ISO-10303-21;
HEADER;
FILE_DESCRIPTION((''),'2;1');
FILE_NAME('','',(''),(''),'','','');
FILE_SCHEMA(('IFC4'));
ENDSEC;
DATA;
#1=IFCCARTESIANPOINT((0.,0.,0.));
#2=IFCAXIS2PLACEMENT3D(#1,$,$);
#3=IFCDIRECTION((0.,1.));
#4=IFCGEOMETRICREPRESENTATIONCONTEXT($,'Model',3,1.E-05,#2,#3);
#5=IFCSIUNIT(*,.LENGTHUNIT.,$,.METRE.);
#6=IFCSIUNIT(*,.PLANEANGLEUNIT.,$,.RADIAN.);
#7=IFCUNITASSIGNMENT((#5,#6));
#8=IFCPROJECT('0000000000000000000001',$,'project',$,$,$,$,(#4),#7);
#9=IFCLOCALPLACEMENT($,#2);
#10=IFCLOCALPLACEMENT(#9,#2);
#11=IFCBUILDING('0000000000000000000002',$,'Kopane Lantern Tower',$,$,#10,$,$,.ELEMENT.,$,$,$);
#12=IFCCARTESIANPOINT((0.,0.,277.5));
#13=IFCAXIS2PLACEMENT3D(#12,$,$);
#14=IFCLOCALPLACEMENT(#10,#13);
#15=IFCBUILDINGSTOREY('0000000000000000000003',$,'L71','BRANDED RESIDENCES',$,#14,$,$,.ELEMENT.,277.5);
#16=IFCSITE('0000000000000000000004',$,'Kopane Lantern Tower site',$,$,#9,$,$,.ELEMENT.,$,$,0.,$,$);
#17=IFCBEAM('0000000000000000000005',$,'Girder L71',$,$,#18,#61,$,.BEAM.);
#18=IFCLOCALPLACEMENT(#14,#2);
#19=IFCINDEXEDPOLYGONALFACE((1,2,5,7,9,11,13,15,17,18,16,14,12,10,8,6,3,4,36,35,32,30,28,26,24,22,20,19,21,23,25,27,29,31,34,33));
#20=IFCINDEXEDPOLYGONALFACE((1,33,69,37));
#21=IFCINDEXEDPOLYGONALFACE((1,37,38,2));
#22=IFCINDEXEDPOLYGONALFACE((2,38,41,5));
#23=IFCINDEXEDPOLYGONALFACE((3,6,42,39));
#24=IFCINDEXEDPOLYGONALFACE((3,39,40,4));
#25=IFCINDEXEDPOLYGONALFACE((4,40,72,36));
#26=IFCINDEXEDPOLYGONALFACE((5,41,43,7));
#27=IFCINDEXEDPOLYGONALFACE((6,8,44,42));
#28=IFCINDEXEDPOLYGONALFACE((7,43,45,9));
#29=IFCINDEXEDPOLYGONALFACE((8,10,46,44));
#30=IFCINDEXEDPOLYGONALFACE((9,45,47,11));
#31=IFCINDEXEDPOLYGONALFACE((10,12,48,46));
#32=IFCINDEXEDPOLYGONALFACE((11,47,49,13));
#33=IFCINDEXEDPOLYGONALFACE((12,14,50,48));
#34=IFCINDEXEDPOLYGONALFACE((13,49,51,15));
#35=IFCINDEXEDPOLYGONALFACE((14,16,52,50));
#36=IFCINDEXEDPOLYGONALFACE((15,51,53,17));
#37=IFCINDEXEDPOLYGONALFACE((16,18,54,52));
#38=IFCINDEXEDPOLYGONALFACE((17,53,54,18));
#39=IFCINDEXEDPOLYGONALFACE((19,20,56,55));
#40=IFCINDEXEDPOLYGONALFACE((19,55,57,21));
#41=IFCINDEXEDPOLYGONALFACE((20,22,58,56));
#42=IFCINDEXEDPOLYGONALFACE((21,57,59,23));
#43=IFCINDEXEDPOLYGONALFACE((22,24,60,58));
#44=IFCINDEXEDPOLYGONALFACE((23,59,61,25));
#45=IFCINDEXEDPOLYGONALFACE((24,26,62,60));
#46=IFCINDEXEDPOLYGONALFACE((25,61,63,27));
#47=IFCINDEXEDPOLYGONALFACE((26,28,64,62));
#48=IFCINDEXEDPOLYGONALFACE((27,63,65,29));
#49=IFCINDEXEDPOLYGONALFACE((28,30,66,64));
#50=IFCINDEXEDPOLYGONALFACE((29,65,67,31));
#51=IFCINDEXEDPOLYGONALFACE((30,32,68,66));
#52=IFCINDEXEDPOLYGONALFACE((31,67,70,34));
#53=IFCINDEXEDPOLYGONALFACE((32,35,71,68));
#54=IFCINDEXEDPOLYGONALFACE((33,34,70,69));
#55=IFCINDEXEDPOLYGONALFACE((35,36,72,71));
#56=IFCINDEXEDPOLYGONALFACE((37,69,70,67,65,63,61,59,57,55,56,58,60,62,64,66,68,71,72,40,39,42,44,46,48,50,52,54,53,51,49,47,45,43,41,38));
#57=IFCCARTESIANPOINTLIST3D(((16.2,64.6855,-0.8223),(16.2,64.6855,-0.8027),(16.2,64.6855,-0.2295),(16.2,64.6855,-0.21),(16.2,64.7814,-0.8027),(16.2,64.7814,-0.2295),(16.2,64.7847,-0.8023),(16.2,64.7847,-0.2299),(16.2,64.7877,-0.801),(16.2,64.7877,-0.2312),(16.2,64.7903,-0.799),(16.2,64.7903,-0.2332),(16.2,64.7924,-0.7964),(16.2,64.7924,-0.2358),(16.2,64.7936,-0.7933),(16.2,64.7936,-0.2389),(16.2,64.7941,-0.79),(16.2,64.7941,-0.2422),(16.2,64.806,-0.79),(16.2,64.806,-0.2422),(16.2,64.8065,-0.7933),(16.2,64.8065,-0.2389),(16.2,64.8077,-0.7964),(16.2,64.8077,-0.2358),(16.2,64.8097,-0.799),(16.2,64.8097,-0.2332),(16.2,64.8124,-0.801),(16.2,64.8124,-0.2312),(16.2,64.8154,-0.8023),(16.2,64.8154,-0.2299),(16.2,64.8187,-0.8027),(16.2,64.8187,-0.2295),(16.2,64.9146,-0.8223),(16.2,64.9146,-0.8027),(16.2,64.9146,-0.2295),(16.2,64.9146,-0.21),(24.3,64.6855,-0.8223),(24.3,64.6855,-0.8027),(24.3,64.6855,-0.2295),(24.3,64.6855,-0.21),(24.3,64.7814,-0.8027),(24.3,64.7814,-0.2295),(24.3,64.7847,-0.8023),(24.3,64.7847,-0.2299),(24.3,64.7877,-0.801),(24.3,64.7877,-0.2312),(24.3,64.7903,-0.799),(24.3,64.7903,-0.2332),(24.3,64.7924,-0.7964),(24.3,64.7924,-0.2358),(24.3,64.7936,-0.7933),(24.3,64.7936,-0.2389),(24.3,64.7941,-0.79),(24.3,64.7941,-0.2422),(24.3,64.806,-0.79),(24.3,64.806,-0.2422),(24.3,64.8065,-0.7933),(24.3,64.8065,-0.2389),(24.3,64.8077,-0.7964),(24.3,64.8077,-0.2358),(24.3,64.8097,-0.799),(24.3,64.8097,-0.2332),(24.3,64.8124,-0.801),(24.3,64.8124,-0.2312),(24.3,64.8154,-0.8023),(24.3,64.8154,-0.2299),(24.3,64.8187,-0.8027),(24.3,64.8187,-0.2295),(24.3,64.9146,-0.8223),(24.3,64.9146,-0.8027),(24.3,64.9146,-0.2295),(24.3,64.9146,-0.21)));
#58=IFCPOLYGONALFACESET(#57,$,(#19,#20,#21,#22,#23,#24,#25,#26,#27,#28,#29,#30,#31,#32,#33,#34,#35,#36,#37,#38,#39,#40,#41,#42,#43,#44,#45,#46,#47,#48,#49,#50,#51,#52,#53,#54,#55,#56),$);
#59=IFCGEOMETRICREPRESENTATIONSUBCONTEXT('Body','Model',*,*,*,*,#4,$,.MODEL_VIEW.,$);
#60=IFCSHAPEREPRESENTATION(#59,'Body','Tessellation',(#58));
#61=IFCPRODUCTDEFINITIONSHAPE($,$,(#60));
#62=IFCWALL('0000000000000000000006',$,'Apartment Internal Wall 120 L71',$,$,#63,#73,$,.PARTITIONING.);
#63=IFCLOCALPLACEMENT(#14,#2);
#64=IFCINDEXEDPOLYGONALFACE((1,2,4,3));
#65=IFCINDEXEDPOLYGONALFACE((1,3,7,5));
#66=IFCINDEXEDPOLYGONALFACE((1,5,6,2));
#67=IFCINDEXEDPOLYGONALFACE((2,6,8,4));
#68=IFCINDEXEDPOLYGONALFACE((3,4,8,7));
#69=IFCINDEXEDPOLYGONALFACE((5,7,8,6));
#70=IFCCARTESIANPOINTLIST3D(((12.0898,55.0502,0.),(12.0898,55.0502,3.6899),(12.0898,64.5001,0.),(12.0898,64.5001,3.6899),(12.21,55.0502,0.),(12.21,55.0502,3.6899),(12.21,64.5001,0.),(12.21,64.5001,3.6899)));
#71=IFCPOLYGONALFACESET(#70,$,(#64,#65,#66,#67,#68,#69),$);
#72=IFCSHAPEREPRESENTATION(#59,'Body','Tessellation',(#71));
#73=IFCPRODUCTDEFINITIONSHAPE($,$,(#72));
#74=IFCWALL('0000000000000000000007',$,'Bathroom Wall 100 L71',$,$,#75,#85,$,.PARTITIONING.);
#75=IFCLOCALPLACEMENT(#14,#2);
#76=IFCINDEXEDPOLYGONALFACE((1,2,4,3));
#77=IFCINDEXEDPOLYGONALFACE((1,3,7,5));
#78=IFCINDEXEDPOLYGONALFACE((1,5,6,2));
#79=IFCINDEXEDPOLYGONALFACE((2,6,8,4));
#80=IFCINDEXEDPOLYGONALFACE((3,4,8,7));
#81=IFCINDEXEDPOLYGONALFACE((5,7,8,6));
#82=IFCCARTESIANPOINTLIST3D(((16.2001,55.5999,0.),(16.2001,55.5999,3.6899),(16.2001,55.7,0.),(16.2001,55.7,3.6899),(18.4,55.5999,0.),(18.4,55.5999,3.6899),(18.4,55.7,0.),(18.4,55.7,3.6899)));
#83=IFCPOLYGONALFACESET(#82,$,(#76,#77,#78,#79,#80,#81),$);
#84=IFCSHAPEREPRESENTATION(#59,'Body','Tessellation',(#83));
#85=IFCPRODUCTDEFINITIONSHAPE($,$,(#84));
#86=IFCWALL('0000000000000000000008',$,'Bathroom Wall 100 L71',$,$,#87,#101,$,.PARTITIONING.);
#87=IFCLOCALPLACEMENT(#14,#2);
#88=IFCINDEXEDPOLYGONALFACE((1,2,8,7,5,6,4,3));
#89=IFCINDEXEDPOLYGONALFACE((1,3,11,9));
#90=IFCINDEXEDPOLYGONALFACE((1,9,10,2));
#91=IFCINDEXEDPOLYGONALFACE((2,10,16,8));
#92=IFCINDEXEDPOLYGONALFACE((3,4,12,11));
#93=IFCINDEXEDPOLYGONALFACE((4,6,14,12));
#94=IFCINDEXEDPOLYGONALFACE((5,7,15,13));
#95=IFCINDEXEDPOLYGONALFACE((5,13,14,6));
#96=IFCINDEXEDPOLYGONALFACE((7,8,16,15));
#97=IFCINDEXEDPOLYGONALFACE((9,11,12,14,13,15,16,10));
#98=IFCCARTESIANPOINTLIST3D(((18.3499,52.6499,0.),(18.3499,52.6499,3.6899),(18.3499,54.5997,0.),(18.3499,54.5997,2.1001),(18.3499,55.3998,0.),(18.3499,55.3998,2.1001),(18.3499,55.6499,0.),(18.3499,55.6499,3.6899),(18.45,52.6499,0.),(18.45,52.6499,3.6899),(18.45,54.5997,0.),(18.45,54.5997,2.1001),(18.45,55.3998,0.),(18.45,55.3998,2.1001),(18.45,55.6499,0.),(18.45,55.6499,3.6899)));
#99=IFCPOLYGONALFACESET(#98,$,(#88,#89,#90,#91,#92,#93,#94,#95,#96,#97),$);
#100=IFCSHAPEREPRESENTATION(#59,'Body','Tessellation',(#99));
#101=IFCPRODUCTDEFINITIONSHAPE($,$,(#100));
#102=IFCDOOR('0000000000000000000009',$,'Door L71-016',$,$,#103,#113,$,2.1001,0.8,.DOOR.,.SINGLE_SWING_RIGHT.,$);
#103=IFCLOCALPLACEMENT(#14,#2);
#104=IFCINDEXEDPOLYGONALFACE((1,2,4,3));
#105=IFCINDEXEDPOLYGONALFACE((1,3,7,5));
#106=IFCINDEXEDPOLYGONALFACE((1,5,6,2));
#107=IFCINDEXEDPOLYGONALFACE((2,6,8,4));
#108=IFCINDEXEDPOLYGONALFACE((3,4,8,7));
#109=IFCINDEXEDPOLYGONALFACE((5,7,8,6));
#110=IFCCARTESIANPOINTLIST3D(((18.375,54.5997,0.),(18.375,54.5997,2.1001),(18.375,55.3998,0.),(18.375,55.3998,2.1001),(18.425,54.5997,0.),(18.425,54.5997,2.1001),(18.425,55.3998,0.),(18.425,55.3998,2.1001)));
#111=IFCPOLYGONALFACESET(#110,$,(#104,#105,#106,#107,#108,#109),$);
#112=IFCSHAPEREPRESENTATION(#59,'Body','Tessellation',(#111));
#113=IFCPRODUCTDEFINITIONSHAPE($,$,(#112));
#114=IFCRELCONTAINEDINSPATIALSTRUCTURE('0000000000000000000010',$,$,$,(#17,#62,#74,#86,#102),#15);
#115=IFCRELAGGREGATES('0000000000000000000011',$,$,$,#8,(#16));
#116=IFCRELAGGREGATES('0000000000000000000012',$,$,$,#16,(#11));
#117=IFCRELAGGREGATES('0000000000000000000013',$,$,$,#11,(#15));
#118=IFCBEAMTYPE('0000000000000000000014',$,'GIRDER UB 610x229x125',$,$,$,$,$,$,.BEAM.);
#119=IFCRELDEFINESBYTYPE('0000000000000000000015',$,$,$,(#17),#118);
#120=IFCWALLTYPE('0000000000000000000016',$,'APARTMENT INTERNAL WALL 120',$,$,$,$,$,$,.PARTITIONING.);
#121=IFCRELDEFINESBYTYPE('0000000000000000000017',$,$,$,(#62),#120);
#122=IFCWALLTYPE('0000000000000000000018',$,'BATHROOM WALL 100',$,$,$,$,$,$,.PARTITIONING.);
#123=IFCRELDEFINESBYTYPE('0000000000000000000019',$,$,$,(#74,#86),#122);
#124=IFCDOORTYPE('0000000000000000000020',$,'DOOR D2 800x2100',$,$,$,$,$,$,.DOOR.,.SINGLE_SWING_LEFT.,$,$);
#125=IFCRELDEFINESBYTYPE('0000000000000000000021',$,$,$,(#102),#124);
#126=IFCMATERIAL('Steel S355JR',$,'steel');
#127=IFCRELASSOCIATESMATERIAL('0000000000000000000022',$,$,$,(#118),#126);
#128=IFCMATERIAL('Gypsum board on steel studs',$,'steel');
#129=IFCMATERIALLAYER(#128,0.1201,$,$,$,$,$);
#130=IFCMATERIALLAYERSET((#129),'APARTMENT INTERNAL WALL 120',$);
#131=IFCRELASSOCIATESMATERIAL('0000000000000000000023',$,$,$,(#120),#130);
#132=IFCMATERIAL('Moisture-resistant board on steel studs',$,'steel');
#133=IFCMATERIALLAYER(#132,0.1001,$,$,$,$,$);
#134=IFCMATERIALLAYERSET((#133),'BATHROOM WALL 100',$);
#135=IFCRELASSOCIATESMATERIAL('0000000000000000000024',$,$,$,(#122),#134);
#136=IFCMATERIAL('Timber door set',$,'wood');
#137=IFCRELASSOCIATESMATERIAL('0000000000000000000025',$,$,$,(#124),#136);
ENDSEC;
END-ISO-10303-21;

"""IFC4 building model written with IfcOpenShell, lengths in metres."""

from ifc_helpers import new_model, si_unit, direction, frame, frame_2d, origin, origin_2d, place, context, subcontext, project, spatial, rectangle, i_section, extrude, material, layer, layer_set, material_profile, profile_set, type_object, element, fill, save


model = new_model("IFC4")

# Units and contexts
model_context = context("Model", 3, precision=1e-05, world=origin(), true_north=direction((0.0, 1.0)))
body_context = subcontext(model_context, "Body", "Model", "MODEL_VIEW")
ifc_project = project(units=[si_unit("LENGTHUNIT", "METRE"), si_unit("PLANEANGLEUNIT", "RADIAN")], contexts=[model_context])

# Site, building, storey
site_placement = place(None, origin())
site = spatial("IfcSite", under=ifc_project, at=site_placement, Name="Kopane Lantern Tower site", CompositionType="ELEMENT", RefElevation=0.0)
building_placement = place(site_placement, origin())
building = spatial("IfcBuilding", under=site, at=building_placement, Name="Kopane Lantern Tower", CompositionType="ELEMENT")
storey_placement = place(building_placement, frame((0.0, 0.0, 277.5)))
storey = spatial("IfcBuildingStorey", under=building, at=storey_placement, Name="L71", Description="BRANDED RESIDENCES", CompositionType="ELEMENT", Elevation=277.5)

# Beam
ifc_material_1 = material(Name="Steel S355JR", Category="steel")
ifc_material_profile_1 = material_profile(ifc_material_1, i_section(OverallWidth=0.229, OverallDepth=0.6123, WebThickness=0.012, FlangeThickness=0.0195, FilletRadius=0.0127, at=origin_2d()), Name="UB 610x229x125")
ifc_profile_set_1 = profile_set([ifc_material_profile_1], Name="Steel S355JR")
beam_type = type_object("IfcBeamType", Name="GIRDER UB 610x229x125", PredefinedType="BEAM", material=ifc_profile_set_1)
for number, where, z_axis, x_axis, name in (
    (1, (16.2, 64.8, -0.5161), (1.0, 0.0, 0.0), (0.0, 1.0, 0.0), "Girder L71"),
):
    element("IfcBeam", number, at=place(storey_placement, frame(where, z_axis=z_axis, x_axis=x_axis)), inside=storey, type_object=beam_type, Name=name, PredefinedType="BEAM", context=body_context, shape_type="SweptSolid", body=[
        extrude(i_section(OverallWidth=0.229, OverallDepth=0.6123, WebThickness=0.012, FlangeThickness=0.0195, FilletRadius=0.0127, at=origin_2d()), origin(), (0.0, 0.0, 1.0), 8.1001),
    ])

# Walls
ifc_material_2 = material(Name="Gypsum board on steel studs", Category="steel")
ifc_layer_1 = layer(ifc_material_2, 0.1201)
ifc_layer_set_1 = layer_set([ifc_layer_1], Name="APARTMENT INTERNAL WALL 120")
wall_type_1 = type_object("IfcWallType", Name="APARTMENT INTERNAL WALL 120", PredefinedType="PARTITIONING", material=ifc_layer_set_1)
wall_1_placement = place(storey_placement, frame((12.1499, 55.05, 0.0), z_axis=(0.0, 0.0, 1.0), x_axis=(0.0, 1.0, 0.0)))
element("IfcWall", 2, at=wall_1_placement, inside=storey, type_object=wall_type_1, Name="Apartment Internal Wall 120 L71", PredefinedType="PARTITIONING", context=body_context, shape_type="SweptSolid", body=[
    extrude(rectangle(XDim=9.45, YDim=0.1201, at=frame_2d((4.7251, 0.0))), origin(), (0.0, 0.0, 1.0), 3.6899),
])
ifc_material_3 = material(Name="Moisture-resistant board on steel studs", Category="steel")
ifc_layer_2 = layer(ifc_material_3, 0.1001)
ifc_layer_set_2 = layer_set([ifc_layer_2], Name="BATHROOM WALL 100")
wall_type_2 = type_object("IfcWallType", Name="BATHROOM WALL 100", PredefinedType="PARTITIONING", material=ifc_layer_set_2)
wall_2_placement = place(storey_placement, frame((16.2, 55.6499, 0.0), z_axis=(0.0, 0.0, 1.0), x_axis=(1.0, 0.0, 0.0)))
element("IfcWall", 3, at=wall_2_placement, inside=storey, type_object=wall_type_2, Name="Bathroom Wall 100 L71", PredefinedType="PARTITIONING", context=body_context, shape_type="SweptSolid", body=[
    extrude(rectangle(XDim=2.2, YDim=0.1001, at=frame_2d((1.1001, 0.0))), origin(), (0.0, 0.0, 1.0), 3.6899),
])

# Wall, opening, door
wall_3_placement = place(storey_placement, frame((18.3999, 52.6499, 0.0), z_axis=(0.0, 0.0, 1.0), x_axis=(0.0, 1.0, 0.0)))
wall_3 = element("IfcWall", 4, at=wall_3_placement, inside=storey, type_object=wall_type_2, Name="Bathroom Wall 100 L71", PredefinedType="PARTITIONING", context=body_context, shape_type="SweptSolid", body=[
    extrude(rectangle(XDim=3.0, YDim=0.1001, at=frame_2d((1.5, 0.0))), origin(), (0.0, 0.0, 1.0), 3.6899),
])
opening_1_placement = place(wall_3_placement, frame((1.95, 0.0, 0.0)))
opening_1 = element("IfcOpeningElement", 5, at=opening_1_placement, cuts=wall_3, PredefinedType="OPENING", context=body_context, shape_type="SweptSolid", body=[
    extrude(rectangle(XDim=0.8, YDim=2.1001, at=frame_2d((0.3999, 1.05))), frame((0.0, 0.0601, 0.0), z_axis=(0.0, -1.0, 0.0), x_axis=(1.0, 0.0, 0.0)), (0.0, 0.0, 1.0), 0.1201),
])
ifc_material_4 = material(Name="Timber door set", Category="wood")
door_type_1 = type_object("IfcDoorType", Name="DOOR D2 800x2100", OperationType="SINGLE_SWING_LEFT", PredefinedType="DOOR", material=ifc_material_4)
door_1_placement = place(opening_1_placement, origin())
door_1 = element("IfcDoor", 6, at=door_1_placement, inside=storey, type_object=door_type_1, Name="Door L71-016", OperationType="SINGLE_SWING_RIGHT", OverallHeight=2.1001, OverallWidth=0.8, PredefinedType="DOOR", context=body_context, shape_type="SweptSolid", body=[
    extrude(rectangle(XDim=0.8, YDim=2.1001, at=frame_2d((0.3999, 1.05))), frame((0.0, 0.0249, 0.0), z_axis=(0.0, -1.0, 0.0), x_axis=(1.0, 0.0, 0.0)), (0.0, 0.0, 1.0), 0.05),
])
fill(opening_1, door_1)

save(model, "model.ifc")
